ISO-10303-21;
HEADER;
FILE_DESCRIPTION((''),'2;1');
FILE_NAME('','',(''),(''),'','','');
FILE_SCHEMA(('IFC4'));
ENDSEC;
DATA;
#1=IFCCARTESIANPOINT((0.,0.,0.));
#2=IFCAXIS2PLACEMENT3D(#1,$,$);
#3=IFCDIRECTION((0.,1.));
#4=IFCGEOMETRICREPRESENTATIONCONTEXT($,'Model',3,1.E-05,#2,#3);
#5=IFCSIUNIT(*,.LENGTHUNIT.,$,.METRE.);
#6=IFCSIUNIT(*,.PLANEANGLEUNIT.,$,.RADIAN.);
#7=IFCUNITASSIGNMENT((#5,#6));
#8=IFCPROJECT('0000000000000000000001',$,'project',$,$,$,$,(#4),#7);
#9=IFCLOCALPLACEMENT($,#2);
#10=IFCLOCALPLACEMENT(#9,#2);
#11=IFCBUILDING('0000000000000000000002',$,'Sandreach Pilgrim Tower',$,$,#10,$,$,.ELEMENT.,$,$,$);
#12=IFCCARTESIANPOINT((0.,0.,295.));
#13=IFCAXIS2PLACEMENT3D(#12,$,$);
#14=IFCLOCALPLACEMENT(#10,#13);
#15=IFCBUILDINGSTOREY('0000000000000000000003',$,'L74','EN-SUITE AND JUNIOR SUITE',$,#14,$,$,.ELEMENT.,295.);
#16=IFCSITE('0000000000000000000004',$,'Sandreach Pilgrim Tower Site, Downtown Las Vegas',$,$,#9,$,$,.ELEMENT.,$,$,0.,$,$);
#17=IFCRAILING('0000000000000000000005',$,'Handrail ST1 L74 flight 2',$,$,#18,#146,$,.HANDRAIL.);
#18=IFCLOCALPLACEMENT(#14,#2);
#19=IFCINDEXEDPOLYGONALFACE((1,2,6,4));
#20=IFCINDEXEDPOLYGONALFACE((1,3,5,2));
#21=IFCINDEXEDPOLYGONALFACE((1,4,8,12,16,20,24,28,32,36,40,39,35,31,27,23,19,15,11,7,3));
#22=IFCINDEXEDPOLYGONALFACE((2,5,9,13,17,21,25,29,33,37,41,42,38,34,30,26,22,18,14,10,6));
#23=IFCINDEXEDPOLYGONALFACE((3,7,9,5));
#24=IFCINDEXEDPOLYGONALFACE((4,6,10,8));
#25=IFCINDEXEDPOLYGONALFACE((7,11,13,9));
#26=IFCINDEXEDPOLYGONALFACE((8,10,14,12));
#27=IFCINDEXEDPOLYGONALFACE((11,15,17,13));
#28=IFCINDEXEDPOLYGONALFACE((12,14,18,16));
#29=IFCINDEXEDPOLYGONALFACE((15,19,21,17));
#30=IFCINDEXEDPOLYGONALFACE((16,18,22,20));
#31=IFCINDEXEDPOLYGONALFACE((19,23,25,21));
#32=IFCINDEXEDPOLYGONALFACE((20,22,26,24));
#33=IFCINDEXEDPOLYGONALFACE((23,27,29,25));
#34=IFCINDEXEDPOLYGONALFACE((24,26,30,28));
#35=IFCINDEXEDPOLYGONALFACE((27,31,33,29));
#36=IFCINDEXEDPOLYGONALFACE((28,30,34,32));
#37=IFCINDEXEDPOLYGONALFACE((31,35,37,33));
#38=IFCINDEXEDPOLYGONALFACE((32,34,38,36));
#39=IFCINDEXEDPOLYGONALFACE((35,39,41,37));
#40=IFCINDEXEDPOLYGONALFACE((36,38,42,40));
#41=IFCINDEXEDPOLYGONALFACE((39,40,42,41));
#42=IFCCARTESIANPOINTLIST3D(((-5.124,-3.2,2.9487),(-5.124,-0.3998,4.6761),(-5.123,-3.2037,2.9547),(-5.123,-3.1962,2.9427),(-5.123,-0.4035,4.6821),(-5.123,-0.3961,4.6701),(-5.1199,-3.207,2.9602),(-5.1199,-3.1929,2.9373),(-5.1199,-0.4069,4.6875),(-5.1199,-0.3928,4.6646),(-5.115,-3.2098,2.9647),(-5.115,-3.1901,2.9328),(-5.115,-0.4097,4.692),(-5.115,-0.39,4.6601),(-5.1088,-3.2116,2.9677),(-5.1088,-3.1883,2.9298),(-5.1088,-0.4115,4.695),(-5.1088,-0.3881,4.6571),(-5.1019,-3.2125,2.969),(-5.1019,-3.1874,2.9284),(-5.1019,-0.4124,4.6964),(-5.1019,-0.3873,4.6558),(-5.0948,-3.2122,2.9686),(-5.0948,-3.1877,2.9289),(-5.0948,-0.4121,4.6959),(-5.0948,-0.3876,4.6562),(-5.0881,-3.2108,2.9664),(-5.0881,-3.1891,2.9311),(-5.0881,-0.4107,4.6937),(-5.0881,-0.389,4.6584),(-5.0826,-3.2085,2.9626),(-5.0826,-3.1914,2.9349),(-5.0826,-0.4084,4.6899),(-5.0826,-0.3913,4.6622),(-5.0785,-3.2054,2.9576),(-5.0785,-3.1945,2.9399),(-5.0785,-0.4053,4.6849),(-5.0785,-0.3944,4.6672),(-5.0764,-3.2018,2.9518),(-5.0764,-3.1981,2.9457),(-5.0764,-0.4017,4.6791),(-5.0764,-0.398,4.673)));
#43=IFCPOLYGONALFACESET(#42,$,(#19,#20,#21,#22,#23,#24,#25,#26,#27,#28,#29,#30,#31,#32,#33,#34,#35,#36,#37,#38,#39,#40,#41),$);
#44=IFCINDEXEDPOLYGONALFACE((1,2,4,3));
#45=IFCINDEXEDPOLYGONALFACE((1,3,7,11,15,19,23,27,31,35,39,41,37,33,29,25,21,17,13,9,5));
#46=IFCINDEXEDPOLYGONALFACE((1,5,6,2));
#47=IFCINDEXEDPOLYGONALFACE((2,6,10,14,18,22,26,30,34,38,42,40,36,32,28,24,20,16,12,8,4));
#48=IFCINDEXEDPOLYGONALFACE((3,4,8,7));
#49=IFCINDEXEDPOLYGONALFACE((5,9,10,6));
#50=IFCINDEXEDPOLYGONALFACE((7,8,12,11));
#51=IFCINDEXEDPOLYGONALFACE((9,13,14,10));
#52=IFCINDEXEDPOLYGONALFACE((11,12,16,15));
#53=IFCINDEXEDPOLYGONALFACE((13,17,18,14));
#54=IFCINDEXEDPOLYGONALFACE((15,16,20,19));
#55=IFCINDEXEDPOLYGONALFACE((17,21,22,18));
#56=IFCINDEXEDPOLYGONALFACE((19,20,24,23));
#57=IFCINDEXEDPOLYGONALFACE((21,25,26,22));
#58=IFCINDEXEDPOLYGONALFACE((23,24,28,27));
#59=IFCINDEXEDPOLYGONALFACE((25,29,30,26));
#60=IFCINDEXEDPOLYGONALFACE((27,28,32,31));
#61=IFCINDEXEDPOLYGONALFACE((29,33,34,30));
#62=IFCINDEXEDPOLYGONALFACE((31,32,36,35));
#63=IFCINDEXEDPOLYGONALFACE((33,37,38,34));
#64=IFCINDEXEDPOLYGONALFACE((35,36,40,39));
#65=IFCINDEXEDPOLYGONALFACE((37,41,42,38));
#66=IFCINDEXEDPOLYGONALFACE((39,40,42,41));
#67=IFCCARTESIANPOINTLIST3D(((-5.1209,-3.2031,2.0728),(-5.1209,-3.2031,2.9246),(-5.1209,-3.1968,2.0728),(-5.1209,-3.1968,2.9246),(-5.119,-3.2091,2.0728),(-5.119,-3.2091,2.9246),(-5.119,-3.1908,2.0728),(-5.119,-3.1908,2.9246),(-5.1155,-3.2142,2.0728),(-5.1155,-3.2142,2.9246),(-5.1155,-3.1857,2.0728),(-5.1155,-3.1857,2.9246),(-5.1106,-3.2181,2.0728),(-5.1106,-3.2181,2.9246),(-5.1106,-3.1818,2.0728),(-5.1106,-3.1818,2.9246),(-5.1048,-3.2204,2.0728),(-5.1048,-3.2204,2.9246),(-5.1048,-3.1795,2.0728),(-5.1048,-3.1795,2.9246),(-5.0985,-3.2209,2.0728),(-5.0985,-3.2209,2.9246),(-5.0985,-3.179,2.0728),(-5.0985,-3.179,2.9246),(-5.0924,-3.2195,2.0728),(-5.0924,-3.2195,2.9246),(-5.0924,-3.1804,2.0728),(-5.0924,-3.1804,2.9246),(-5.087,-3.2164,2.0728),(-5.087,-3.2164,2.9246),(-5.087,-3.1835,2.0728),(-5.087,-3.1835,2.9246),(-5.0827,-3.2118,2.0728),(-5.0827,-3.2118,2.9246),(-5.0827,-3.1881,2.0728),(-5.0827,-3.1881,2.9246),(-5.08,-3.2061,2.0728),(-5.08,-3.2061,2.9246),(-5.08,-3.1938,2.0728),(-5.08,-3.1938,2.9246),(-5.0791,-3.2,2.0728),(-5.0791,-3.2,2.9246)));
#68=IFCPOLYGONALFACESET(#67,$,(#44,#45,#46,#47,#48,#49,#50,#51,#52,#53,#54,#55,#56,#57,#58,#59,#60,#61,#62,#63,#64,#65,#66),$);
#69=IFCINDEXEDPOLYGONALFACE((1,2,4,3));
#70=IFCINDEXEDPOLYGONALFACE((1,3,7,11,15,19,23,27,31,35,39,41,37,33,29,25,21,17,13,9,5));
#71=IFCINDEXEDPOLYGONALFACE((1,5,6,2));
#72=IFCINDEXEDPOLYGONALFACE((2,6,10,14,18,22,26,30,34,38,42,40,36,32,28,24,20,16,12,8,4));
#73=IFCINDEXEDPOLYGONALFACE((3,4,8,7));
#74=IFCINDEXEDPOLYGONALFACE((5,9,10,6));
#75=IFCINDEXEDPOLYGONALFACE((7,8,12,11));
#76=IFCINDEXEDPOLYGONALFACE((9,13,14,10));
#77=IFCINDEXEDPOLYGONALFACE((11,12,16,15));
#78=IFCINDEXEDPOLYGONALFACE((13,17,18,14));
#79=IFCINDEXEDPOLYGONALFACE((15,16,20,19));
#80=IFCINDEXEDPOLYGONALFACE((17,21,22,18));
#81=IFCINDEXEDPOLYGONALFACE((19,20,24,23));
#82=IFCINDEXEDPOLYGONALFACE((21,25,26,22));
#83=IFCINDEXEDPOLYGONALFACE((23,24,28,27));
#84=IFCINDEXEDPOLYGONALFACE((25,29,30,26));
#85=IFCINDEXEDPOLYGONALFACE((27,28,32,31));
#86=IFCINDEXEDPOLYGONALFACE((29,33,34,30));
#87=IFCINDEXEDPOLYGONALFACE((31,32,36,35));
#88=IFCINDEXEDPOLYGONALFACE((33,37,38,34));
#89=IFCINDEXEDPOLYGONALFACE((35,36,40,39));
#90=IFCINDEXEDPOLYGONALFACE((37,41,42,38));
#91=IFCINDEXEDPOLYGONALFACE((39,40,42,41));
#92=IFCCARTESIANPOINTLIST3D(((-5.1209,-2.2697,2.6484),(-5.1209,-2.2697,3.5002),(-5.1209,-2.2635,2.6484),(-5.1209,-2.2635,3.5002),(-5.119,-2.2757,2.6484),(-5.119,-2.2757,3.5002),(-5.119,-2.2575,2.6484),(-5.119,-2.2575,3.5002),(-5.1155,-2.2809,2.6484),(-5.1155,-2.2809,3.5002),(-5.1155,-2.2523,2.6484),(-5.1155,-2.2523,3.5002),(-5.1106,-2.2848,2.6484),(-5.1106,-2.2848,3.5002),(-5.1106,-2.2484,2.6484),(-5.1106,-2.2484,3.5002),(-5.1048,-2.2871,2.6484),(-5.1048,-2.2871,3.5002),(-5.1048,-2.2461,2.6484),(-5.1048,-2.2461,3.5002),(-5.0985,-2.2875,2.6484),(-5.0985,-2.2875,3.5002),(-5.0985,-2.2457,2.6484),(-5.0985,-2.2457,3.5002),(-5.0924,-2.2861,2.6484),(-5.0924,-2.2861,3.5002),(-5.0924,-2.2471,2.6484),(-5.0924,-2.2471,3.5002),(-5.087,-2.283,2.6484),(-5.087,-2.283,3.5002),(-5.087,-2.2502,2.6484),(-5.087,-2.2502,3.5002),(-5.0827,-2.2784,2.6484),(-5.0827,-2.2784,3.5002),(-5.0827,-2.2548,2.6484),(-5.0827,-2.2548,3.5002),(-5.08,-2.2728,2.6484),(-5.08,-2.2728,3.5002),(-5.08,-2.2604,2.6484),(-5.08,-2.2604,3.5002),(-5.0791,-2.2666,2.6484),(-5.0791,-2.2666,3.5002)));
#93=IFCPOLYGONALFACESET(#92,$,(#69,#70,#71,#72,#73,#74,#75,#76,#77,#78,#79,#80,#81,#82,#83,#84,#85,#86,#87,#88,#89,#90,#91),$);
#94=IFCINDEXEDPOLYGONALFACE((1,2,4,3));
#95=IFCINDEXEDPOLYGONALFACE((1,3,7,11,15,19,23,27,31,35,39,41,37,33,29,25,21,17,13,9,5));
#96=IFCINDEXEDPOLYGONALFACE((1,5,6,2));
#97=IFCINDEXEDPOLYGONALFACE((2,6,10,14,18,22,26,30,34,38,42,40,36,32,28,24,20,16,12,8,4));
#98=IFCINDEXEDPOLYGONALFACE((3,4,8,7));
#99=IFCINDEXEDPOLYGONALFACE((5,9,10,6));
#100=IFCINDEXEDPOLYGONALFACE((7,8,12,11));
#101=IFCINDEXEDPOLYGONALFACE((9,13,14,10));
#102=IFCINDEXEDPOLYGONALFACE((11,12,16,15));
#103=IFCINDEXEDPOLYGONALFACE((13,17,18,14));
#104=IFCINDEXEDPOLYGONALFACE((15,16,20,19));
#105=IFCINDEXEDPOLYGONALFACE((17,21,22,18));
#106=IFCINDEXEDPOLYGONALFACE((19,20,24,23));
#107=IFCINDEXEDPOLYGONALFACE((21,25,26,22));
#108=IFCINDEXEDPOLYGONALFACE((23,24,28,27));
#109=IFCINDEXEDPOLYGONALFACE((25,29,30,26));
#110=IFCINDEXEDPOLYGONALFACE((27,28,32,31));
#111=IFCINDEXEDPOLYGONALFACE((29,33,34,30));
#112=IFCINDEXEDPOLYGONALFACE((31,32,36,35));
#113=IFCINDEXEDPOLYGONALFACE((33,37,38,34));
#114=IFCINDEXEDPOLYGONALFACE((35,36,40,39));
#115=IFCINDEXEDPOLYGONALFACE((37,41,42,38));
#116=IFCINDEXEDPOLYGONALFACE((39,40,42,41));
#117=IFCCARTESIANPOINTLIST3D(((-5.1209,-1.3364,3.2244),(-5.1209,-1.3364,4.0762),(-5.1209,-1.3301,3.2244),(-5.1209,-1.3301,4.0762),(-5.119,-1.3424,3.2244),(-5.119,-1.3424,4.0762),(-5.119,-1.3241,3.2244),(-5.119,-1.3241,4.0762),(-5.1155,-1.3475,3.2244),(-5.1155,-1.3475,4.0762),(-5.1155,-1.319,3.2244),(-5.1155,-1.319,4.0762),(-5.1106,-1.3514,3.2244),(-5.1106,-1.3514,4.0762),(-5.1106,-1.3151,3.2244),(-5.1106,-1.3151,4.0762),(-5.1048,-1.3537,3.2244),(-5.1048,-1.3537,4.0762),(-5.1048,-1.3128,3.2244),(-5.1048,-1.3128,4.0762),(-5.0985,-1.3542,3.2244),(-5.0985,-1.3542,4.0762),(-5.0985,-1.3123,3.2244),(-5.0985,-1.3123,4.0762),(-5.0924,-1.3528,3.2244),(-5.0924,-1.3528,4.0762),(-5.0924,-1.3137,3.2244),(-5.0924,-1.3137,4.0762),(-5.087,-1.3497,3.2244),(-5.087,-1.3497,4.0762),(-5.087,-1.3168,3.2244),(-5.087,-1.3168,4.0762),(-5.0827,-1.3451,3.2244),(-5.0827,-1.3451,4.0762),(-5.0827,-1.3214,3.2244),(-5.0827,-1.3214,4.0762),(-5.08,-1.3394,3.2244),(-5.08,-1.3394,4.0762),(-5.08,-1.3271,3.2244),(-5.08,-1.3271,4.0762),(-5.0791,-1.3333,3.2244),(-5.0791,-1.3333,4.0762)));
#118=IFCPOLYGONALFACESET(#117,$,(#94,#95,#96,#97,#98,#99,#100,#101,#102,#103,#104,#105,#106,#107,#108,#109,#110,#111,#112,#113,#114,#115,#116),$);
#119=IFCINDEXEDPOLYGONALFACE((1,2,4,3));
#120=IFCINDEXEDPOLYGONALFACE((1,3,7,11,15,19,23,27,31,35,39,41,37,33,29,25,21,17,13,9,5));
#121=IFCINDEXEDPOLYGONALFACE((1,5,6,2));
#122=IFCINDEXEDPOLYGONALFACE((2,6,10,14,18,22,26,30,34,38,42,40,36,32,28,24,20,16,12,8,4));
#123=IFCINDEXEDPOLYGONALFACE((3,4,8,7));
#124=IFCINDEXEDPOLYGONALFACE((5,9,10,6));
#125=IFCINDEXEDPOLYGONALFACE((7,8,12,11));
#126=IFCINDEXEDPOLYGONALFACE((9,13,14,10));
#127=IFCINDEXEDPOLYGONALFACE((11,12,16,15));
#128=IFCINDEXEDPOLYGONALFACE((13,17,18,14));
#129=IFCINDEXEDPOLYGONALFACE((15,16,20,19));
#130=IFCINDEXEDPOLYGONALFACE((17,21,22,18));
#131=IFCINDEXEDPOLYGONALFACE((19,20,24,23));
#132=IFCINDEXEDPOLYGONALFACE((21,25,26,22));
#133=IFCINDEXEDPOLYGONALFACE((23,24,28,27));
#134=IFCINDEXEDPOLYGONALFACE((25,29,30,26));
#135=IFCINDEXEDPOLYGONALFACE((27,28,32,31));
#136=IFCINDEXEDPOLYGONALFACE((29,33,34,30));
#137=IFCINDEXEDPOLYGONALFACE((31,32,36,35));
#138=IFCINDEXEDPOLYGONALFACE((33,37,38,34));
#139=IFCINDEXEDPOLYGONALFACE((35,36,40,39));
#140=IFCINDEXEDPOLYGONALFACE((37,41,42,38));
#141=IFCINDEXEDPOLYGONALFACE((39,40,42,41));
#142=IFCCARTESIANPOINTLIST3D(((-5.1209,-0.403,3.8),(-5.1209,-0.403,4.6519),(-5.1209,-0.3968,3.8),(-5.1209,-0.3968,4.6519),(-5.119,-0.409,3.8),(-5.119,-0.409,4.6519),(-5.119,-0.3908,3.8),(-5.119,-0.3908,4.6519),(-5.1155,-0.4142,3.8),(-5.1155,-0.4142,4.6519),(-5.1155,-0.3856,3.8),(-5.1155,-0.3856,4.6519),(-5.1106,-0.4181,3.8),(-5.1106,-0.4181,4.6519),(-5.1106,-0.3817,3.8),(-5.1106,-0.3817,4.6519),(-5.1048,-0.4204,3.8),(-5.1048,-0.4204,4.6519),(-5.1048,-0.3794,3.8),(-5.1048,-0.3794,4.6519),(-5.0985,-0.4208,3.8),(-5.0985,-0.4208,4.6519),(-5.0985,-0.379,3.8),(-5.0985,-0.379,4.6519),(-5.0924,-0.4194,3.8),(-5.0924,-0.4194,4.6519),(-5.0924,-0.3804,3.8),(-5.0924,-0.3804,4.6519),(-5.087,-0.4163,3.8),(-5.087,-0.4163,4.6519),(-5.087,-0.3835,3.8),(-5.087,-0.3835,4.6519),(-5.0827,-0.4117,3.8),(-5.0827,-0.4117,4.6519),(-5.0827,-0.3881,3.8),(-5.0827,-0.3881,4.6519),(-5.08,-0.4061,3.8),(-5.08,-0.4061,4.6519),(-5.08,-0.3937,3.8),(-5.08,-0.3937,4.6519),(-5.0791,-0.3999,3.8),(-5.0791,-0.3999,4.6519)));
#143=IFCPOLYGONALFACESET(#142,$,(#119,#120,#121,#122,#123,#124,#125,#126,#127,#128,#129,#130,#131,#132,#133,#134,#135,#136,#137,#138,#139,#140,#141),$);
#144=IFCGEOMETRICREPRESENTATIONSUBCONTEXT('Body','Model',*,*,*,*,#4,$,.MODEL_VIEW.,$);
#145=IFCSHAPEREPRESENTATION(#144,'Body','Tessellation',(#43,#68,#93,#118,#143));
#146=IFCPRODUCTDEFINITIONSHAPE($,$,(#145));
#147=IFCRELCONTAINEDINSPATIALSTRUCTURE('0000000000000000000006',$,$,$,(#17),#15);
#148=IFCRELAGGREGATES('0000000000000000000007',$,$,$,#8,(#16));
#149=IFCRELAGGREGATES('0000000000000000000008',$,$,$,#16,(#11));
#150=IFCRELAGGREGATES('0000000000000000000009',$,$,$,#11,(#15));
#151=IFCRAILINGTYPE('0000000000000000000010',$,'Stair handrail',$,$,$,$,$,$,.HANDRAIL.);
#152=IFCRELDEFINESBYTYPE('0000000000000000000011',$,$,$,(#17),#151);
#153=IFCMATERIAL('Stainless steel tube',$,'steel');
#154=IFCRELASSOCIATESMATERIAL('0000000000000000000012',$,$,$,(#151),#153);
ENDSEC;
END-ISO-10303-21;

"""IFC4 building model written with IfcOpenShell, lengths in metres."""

from ifc_helpers import new_model, si_unit, direction, frame, origin, origin_2d, place, context, subcontext, project, spatial, circle, extrude, material, type_object, element, save


model = new_model("IFC4")

# Units and contexts
model_context = context("Model", 3, precision=1e-05, world=origin(), true_north=direction((0.0, 1.0)))
body_context = subcontext(model_context, "Body", "Model", "MODEL_VIEW")
ifc_project = project(units=[si_unit("LENGTHUNIT", "METRE"), si_unit("PLANEANGLEUNIT", "RADIAN")], contexts=[model_context])

# Site, building, storey
site_placement = place(None, origin())
site = spatial("IfcSite", under=ifc_project, at=site_placement, Name="Sandreach Pilgrim Tower Site, Downtown Las Vegas", CompositionType="ELEMENT", RefElevation=0.0)
building_placement = place(site_placement, origin())
building = spatial("IfcBuilding", under=site, at=building_placement, Name="Sandreach Pilgrim Tower", CompositionType="ELEMENT")
storey_placement = place(building_placement, frame((0.0, 0.0, 295.0)))
storey = spatial("IfcBuildingStorey", under=building, at=storey_placement, Name="L74", Description="EN-SUITE AND JUNIOR SUITE", CompositionType="ELEMENT", Elevation=295.0)

# Railing
ifc_material_1 = material(Name="Stainless steel tube", Category="steel")
railing_type = type_object("IfcRailingType", Name="Stair handrail", PredefinedType="HANDRAIL", material=ifc_material_1)
for number, where, name in (
    (1, (-5.1001, -3.2, 2.0728), "Handrail ST1 L74 flight 2"),
):
    element("IfcRailing", number, at=place(storey_placement, frame(where)), inside=storey, type_object=railing_type, Name=name, PredefinedType="HANDRAIL", context=body_context, shape_type="SweptSolid", body=[
        extrude(circle(Radius=0.0239, at=origin_2d()), frame((0.0, 0.0, 0.876), z_axis=(0.0, 0.85109, 0.52502), x_axis=(-1.0, 0.0, 0.0)), (0.0, 0.0, 1.0), 3.29),
        extrude(circle(Radius=0.021, at=origin_2d()), origin(), (0.0, 0.0, 1.0), 0.8518),
        extrude(circle(Radius=0.021, at=origin_2d()), frame((0.0, 0.9333, 0.5757)), (0.0, 0.0, 1.0), 0.8518),
        extrude(circle(Radius=0.021, at=origin_2d()), frame((0.0, 1.8667, 1.1516)), (0.0, 0.0, 1.0), 0.8518),
        extrude(circle(Radius=0.021, at=origin_2d()), frame((0.0, 2.8, 1.7273)), (0.0, 0.0, 1.0), 0.8518),
    ])

save(model, "model.ifc")
